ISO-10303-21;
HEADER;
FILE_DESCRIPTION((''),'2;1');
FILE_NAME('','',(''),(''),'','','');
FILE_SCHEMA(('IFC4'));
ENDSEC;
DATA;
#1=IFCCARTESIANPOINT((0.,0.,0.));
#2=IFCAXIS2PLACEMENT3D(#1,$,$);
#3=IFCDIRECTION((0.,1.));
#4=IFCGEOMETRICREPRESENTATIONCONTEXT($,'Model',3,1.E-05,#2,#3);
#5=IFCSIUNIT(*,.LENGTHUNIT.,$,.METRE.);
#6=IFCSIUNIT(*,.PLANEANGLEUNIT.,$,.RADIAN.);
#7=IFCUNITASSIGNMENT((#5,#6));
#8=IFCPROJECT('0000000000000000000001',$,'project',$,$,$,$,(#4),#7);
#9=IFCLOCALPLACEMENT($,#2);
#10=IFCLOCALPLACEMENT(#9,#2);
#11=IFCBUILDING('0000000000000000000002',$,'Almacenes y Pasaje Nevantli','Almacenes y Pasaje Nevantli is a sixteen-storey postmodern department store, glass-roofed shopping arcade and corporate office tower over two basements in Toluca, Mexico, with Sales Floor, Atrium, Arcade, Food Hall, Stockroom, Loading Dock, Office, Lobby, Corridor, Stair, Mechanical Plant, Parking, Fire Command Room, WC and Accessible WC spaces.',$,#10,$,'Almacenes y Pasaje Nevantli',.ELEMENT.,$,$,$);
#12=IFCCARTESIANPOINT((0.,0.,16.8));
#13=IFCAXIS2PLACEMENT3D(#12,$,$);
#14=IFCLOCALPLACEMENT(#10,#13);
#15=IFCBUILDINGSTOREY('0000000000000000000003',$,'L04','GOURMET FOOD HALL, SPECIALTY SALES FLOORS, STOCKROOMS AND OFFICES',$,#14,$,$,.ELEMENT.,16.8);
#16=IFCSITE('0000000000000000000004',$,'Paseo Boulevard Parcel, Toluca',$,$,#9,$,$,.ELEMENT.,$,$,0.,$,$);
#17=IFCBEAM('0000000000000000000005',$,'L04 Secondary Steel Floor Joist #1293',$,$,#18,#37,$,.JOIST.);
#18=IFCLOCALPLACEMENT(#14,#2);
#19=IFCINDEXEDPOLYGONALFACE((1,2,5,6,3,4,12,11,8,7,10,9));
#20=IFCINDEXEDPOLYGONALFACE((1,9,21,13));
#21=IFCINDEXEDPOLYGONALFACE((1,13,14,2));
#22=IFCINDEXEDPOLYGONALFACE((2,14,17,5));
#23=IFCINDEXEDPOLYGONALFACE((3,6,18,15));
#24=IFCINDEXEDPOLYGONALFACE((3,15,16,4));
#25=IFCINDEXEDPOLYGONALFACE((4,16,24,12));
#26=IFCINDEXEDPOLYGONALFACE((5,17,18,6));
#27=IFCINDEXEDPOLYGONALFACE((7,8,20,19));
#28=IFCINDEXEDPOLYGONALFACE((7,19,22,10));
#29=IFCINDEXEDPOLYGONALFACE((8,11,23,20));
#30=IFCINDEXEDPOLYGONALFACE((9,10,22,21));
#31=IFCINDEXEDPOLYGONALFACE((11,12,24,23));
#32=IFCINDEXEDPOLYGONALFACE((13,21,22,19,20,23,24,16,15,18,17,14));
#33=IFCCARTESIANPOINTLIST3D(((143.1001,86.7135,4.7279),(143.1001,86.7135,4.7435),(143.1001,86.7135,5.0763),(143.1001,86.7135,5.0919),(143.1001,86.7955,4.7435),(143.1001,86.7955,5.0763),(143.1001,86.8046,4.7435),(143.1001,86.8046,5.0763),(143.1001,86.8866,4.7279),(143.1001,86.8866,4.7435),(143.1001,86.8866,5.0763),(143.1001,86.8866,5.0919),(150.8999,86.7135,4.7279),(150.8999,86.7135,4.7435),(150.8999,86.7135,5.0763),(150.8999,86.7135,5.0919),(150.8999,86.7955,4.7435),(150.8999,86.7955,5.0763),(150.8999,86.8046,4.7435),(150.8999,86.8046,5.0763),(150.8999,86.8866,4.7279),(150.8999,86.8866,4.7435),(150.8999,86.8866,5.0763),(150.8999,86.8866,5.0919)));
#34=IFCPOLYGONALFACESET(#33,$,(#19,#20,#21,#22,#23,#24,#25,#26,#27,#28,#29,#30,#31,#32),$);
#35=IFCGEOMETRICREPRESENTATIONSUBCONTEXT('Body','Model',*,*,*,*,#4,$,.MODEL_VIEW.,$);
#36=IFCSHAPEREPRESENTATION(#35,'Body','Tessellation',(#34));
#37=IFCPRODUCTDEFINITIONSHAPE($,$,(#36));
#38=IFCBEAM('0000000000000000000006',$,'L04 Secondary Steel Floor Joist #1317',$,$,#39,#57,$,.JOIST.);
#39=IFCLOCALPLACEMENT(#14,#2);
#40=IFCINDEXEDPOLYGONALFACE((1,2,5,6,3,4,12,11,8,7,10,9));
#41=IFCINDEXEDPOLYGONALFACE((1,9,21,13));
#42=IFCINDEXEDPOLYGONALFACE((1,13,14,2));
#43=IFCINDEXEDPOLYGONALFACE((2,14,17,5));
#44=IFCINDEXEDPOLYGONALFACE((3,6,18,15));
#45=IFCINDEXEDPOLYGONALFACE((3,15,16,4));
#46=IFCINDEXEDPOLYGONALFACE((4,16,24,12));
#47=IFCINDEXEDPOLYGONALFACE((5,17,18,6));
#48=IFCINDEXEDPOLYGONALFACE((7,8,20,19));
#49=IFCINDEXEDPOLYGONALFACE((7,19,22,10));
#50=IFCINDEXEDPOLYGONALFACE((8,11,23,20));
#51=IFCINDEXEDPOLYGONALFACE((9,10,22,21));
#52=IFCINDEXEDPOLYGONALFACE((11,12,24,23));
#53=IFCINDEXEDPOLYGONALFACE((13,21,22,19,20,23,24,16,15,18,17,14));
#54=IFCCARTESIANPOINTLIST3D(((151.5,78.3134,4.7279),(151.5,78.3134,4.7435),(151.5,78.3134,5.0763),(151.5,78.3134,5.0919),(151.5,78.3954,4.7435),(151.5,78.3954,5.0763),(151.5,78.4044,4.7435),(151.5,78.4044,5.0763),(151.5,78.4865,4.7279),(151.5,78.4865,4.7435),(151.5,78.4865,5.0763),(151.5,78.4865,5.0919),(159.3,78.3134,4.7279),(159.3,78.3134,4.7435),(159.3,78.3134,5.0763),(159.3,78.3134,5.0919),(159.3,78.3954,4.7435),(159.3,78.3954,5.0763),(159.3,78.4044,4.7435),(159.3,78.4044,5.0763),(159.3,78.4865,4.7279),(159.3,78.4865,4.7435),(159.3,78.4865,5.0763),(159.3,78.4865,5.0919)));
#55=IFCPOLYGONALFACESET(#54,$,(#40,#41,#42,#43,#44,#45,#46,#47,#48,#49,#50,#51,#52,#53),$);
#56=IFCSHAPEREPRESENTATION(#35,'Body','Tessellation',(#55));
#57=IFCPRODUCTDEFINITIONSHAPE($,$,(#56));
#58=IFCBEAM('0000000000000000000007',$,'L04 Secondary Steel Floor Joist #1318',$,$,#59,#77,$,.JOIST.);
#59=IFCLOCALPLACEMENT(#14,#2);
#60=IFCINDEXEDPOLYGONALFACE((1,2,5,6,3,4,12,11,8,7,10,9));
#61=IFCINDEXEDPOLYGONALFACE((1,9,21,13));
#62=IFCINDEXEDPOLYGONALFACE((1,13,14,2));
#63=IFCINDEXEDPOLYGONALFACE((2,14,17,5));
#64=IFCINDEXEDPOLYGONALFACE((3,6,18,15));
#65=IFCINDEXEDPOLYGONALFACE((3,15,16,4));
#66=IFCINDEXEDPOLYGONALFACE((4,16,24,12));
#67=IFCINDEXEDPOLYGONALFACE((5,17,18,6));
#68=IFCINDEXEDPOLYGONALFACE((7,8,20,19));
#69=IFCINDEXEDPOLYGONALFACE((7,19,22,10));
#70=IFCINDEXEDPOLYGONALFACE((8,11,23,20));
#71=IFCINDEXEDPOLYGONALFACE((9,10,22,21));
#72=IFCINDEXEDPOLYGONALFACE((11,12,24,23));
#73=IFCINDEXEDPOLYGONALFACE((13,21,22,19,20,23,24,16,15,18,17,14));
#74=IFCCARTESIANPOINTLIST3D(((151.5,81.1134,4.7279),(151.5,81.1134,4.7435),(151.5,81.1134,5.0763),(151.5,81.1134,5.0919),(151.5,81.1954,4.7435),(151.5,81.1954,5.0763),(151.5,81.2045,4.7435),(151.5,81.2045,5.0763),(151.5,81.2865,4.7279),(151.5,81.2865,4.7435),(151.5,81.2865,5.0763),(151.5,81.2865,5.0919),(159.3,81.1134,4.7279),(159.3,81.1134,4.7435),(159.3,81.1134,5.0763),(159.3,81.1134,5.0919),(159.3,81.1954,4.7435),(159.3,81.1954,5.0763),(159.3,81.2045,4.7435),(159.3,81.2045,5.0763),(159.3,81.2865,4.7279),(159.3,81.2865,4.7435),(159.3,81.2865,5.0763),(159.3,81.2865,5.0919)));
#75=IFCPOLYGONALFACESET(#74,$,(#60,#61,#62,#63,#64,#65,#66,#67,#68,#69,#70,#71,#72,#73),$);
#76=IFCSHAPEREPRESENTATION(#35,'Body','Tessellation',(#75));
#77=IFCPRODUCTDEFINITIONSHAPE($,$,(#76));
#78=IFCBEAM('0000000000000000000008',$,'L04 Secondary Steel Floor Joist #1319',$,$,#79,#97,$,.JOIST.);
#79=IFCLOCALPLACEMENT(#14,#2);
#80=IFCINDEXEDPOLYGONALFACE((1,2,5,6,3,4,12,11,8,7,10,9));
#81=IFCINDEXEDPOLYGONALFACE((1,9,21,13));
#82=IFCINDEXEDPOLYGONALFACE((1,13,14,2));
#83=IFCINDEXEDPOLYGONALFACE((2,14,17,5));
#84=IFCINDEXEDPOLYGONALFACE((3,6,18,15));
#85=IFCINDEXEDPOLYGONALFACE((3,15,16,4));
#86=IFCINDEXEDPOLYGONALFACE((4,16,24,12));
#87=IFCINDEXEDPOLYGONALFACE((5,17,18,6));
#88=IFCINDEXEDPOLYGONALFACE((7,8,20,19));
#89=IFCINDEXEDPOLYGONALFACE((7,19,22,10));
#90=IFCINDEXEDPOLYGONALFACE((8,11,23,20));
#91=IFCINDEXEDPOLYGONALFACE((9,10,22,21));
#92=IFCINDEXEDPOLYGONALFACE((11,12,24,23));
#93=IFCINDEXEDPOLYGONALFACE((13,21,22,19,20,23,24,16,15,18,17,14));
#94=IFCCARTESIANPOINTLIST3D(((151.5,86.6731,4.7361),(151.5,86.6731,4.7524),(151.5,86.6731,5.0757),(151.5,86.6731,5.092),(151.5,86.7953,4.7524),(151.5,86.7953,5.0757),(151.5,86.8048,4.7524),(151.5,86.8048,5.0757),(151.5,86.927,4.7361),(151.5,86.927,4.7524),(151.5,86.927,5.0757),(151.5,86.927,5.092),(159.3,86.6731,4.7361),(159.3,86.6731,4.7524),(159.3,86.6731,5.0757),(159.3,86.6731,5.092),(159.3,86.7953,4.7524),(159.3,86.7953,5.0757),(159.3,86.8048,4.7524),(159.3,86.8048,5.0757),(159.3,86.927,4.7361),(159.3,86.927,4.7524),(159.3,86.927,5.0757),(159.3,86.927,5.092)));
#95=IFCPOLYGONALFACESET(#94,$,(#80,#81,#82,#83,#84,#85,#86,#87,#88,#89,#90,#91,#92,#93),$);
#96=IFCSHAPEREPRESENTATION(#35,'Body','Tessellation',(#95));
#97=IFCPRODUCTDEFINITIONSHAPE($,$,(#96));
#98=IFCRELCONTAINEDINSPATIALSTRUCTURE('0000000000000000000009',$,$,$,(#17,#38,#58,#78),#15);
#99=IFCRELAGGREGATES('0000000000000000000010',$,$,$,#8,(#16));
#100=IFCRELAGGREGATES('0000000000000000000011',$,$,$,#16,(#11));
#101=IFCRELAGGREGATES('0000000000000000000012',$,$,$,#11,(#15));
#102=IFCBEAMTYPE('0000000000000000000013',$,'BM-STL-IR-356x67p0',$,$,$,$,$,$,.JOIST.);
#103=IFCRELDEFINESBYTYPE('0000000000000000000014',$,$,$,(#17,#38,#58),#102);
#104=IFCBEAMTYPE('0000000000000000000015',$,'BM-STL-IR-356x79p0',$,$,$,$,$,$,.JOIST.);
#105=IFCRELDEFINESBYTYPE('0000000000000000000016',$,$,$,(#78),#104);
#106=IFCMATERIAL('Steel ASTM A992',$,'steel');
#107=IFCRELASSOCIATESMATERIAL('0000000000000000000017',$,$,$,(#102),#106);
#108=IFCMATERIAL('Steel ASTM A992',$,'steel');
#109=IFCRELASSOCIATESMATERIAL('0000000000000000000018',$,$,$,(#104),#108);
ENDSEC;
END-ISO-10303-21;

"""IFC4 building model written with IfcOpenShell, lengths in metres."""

from ifc_helpers import new_model, si_unit, direction, frame, origin, origin_2d, place, context, subcontext, project, spatial, i_section, extrude, material, material_profile, profile_set, type_object, element, save


model = new_model("IFC4")

# Units and contexts
model_context = context("Model", 3, precision=1e-05, world=origin(), true_north=direction((0.0, 1.0)))
body_context = subcontext(model_context, "Body", "Model", "MODEL_VIEW")
ifc_project = project(units=[si_unit("LENGTHUNIT", "METRE"), si_unit("PLANEANGLEUNIT", "RADIAN")], contexts=[model_context])

# Site, building, storey
site_placement = place(None, origin())
site = spatial("IfcSite", under=ifc_project, at=site_placement, Name="Paseo Boulevard Parcel, Toluca", CompositionType="ELEMENT", RefElevation=0.0)
building_placement = place(site_placement, origin())
building = spatial("IfcBuilding", under=site, at=building_placement, Name="Almacenes y Pasaje Nevantli", Description="Almacenes y Pasaje Nevantli is a sixteen-storey postmodern department store, glass-roofed shopping arcade and corporate office tower over two basements in Toluca, Mexico, with Sales Floor, Atrium, Arcade, Food Hall, Stockroom, Loading Dock, Office, Lobby, Corridor, Stair, Mechanical Plant, Parking, Fire Command Room, WC and Accessible WC spaces.", LongName="Almacenes y Pasaje Nevantli", CompositionType="ELEMENT")
storey_placement = place(building_placement, frame((0.0, 0.0, 16.8)))
storey = spatial("IfcBuildingStorey", under=building, at=storey_placement, Name="L04", Description="GOURMET FOOD HALL, SPECIALTY SALES FLOORS, STOCKROOMS AND OFFICES", CompositionType="ELEMENT", Elevation=16.8)

# Beams
ifc_material_1 = material(Name="Steel ASTM A992", Category="steel")
ifc_material_profile_1 = material_profile(ifc_material_1, i_section(OverallWidth=0.1731, OverallDepth=0.364, WebThickness=0.009, FlangeThickness=0.0156, at=origin_2d()), Name="IR 356x67.0")
ifc_profile_set_1 = profile_set([ifc_material_profile_1], Name="Steel ASTM A992")
beam_type_1 = type_object("IfcBeamType", Name="BM-STL-IR-356x67p0", PredefinedType="JOIST", material=ifc_profile_set_1)
beam_1_placement = place(storey_placement, frame((143.1001, 86.8, 4.9099), z_axis=(1.0, 0.0, 0.0), x_axis=(0.0, 1.0, 0.0)))
element("IfcBeam", 1, at=beam_1_placement, inside=storey, type_object=beam_type_1, Name="L04 Secondary Steel Floor Joist #1293", PredefinedType="JOIST", context=body_context, shape_type="SweptSolid", body=[
    extrude(i_section(OverallWidth=0.1731, OverallDepth=0.364, WebThickness=0.009, FlangeThickness=0.0156, at=origin_2d()), origin(), (0.0, 0.0, 1.0), 7.7998),
])
for number, where, z_axis, x_axis, name in (
    (2, (151.5, 78.3999, 4.9099), (1.0, 0.0, 0.0), (0.0, 1.0, 0.0), "L04 Secondary Steel Floor Joist #1317"),
    (3, (151.5, 81.2, 4.9099), (1.0, 0.0, 0.0), (0.0, 1.0, 0.0), "L04 Secondary Steel Floor Joist #1318"),
):
    element("IfcBeam", number, at=place(storey_placement, frame(where, z_axis=z_axis, x_axis=x_axis)), inside=storey, type_object=beam_type_1, Name=name, PredefinedType="JOIST", context=body_context, shape_type="SweptSolid", body=[
        extrude(i_section(OverallWidth=0.1731, OverallDepth=0.364, WebThickness=0.009, FlangeThickness=0.0156, at=origin_2d()), origin(), (0.0, 0.0, 1.0), 7.8),
    ])
ifc_material_2 = material(Name="Steel ASTM A992", Category="steel")
ifc_material_profile_2 = material_profile(ifc_material_2, i_section(OverallWidth=0.2539, OverallDepth=0.356, WebThickness=0.0095, FlangeThickness=0.0164, at=origin_2d()), Name="IR 356x79.0")
ifc_profile_set_2 = profile_set([ifc_material_profile_2], Name="Steel ASTM A992")
beam_type_2 = type_object("IfcBeamType", Name="BM-STL-IR-356x79p0", PredefinedType="JOIST", material=ifc_profile_set_2)
beam_2_placement = place(storey_placement, frame((151.5, 86.8, 4.9141), z_axis=(1.0, 0.0, 0.0), x_axis=(0.0, 1.0, 0.0)))
element("IfcBeam", 4, at=beam_2_placement, inside=storey, type_object=beam_type_2, Name="L04 Secondary Steel Floor Joist #1319", PredefinedType="JOIST", context=body_context, shape_type="SweptSolid", body=[
    extrude(i_section(OverallWidth=0.2539, OverallDepth=0.356, WebThickness=0.0095, FlangeThickness=0.0164, at=origin_2d()), origin(), (0.0, 0.0, 1.0), 7.8),
])

save(model, "model.ifc")
